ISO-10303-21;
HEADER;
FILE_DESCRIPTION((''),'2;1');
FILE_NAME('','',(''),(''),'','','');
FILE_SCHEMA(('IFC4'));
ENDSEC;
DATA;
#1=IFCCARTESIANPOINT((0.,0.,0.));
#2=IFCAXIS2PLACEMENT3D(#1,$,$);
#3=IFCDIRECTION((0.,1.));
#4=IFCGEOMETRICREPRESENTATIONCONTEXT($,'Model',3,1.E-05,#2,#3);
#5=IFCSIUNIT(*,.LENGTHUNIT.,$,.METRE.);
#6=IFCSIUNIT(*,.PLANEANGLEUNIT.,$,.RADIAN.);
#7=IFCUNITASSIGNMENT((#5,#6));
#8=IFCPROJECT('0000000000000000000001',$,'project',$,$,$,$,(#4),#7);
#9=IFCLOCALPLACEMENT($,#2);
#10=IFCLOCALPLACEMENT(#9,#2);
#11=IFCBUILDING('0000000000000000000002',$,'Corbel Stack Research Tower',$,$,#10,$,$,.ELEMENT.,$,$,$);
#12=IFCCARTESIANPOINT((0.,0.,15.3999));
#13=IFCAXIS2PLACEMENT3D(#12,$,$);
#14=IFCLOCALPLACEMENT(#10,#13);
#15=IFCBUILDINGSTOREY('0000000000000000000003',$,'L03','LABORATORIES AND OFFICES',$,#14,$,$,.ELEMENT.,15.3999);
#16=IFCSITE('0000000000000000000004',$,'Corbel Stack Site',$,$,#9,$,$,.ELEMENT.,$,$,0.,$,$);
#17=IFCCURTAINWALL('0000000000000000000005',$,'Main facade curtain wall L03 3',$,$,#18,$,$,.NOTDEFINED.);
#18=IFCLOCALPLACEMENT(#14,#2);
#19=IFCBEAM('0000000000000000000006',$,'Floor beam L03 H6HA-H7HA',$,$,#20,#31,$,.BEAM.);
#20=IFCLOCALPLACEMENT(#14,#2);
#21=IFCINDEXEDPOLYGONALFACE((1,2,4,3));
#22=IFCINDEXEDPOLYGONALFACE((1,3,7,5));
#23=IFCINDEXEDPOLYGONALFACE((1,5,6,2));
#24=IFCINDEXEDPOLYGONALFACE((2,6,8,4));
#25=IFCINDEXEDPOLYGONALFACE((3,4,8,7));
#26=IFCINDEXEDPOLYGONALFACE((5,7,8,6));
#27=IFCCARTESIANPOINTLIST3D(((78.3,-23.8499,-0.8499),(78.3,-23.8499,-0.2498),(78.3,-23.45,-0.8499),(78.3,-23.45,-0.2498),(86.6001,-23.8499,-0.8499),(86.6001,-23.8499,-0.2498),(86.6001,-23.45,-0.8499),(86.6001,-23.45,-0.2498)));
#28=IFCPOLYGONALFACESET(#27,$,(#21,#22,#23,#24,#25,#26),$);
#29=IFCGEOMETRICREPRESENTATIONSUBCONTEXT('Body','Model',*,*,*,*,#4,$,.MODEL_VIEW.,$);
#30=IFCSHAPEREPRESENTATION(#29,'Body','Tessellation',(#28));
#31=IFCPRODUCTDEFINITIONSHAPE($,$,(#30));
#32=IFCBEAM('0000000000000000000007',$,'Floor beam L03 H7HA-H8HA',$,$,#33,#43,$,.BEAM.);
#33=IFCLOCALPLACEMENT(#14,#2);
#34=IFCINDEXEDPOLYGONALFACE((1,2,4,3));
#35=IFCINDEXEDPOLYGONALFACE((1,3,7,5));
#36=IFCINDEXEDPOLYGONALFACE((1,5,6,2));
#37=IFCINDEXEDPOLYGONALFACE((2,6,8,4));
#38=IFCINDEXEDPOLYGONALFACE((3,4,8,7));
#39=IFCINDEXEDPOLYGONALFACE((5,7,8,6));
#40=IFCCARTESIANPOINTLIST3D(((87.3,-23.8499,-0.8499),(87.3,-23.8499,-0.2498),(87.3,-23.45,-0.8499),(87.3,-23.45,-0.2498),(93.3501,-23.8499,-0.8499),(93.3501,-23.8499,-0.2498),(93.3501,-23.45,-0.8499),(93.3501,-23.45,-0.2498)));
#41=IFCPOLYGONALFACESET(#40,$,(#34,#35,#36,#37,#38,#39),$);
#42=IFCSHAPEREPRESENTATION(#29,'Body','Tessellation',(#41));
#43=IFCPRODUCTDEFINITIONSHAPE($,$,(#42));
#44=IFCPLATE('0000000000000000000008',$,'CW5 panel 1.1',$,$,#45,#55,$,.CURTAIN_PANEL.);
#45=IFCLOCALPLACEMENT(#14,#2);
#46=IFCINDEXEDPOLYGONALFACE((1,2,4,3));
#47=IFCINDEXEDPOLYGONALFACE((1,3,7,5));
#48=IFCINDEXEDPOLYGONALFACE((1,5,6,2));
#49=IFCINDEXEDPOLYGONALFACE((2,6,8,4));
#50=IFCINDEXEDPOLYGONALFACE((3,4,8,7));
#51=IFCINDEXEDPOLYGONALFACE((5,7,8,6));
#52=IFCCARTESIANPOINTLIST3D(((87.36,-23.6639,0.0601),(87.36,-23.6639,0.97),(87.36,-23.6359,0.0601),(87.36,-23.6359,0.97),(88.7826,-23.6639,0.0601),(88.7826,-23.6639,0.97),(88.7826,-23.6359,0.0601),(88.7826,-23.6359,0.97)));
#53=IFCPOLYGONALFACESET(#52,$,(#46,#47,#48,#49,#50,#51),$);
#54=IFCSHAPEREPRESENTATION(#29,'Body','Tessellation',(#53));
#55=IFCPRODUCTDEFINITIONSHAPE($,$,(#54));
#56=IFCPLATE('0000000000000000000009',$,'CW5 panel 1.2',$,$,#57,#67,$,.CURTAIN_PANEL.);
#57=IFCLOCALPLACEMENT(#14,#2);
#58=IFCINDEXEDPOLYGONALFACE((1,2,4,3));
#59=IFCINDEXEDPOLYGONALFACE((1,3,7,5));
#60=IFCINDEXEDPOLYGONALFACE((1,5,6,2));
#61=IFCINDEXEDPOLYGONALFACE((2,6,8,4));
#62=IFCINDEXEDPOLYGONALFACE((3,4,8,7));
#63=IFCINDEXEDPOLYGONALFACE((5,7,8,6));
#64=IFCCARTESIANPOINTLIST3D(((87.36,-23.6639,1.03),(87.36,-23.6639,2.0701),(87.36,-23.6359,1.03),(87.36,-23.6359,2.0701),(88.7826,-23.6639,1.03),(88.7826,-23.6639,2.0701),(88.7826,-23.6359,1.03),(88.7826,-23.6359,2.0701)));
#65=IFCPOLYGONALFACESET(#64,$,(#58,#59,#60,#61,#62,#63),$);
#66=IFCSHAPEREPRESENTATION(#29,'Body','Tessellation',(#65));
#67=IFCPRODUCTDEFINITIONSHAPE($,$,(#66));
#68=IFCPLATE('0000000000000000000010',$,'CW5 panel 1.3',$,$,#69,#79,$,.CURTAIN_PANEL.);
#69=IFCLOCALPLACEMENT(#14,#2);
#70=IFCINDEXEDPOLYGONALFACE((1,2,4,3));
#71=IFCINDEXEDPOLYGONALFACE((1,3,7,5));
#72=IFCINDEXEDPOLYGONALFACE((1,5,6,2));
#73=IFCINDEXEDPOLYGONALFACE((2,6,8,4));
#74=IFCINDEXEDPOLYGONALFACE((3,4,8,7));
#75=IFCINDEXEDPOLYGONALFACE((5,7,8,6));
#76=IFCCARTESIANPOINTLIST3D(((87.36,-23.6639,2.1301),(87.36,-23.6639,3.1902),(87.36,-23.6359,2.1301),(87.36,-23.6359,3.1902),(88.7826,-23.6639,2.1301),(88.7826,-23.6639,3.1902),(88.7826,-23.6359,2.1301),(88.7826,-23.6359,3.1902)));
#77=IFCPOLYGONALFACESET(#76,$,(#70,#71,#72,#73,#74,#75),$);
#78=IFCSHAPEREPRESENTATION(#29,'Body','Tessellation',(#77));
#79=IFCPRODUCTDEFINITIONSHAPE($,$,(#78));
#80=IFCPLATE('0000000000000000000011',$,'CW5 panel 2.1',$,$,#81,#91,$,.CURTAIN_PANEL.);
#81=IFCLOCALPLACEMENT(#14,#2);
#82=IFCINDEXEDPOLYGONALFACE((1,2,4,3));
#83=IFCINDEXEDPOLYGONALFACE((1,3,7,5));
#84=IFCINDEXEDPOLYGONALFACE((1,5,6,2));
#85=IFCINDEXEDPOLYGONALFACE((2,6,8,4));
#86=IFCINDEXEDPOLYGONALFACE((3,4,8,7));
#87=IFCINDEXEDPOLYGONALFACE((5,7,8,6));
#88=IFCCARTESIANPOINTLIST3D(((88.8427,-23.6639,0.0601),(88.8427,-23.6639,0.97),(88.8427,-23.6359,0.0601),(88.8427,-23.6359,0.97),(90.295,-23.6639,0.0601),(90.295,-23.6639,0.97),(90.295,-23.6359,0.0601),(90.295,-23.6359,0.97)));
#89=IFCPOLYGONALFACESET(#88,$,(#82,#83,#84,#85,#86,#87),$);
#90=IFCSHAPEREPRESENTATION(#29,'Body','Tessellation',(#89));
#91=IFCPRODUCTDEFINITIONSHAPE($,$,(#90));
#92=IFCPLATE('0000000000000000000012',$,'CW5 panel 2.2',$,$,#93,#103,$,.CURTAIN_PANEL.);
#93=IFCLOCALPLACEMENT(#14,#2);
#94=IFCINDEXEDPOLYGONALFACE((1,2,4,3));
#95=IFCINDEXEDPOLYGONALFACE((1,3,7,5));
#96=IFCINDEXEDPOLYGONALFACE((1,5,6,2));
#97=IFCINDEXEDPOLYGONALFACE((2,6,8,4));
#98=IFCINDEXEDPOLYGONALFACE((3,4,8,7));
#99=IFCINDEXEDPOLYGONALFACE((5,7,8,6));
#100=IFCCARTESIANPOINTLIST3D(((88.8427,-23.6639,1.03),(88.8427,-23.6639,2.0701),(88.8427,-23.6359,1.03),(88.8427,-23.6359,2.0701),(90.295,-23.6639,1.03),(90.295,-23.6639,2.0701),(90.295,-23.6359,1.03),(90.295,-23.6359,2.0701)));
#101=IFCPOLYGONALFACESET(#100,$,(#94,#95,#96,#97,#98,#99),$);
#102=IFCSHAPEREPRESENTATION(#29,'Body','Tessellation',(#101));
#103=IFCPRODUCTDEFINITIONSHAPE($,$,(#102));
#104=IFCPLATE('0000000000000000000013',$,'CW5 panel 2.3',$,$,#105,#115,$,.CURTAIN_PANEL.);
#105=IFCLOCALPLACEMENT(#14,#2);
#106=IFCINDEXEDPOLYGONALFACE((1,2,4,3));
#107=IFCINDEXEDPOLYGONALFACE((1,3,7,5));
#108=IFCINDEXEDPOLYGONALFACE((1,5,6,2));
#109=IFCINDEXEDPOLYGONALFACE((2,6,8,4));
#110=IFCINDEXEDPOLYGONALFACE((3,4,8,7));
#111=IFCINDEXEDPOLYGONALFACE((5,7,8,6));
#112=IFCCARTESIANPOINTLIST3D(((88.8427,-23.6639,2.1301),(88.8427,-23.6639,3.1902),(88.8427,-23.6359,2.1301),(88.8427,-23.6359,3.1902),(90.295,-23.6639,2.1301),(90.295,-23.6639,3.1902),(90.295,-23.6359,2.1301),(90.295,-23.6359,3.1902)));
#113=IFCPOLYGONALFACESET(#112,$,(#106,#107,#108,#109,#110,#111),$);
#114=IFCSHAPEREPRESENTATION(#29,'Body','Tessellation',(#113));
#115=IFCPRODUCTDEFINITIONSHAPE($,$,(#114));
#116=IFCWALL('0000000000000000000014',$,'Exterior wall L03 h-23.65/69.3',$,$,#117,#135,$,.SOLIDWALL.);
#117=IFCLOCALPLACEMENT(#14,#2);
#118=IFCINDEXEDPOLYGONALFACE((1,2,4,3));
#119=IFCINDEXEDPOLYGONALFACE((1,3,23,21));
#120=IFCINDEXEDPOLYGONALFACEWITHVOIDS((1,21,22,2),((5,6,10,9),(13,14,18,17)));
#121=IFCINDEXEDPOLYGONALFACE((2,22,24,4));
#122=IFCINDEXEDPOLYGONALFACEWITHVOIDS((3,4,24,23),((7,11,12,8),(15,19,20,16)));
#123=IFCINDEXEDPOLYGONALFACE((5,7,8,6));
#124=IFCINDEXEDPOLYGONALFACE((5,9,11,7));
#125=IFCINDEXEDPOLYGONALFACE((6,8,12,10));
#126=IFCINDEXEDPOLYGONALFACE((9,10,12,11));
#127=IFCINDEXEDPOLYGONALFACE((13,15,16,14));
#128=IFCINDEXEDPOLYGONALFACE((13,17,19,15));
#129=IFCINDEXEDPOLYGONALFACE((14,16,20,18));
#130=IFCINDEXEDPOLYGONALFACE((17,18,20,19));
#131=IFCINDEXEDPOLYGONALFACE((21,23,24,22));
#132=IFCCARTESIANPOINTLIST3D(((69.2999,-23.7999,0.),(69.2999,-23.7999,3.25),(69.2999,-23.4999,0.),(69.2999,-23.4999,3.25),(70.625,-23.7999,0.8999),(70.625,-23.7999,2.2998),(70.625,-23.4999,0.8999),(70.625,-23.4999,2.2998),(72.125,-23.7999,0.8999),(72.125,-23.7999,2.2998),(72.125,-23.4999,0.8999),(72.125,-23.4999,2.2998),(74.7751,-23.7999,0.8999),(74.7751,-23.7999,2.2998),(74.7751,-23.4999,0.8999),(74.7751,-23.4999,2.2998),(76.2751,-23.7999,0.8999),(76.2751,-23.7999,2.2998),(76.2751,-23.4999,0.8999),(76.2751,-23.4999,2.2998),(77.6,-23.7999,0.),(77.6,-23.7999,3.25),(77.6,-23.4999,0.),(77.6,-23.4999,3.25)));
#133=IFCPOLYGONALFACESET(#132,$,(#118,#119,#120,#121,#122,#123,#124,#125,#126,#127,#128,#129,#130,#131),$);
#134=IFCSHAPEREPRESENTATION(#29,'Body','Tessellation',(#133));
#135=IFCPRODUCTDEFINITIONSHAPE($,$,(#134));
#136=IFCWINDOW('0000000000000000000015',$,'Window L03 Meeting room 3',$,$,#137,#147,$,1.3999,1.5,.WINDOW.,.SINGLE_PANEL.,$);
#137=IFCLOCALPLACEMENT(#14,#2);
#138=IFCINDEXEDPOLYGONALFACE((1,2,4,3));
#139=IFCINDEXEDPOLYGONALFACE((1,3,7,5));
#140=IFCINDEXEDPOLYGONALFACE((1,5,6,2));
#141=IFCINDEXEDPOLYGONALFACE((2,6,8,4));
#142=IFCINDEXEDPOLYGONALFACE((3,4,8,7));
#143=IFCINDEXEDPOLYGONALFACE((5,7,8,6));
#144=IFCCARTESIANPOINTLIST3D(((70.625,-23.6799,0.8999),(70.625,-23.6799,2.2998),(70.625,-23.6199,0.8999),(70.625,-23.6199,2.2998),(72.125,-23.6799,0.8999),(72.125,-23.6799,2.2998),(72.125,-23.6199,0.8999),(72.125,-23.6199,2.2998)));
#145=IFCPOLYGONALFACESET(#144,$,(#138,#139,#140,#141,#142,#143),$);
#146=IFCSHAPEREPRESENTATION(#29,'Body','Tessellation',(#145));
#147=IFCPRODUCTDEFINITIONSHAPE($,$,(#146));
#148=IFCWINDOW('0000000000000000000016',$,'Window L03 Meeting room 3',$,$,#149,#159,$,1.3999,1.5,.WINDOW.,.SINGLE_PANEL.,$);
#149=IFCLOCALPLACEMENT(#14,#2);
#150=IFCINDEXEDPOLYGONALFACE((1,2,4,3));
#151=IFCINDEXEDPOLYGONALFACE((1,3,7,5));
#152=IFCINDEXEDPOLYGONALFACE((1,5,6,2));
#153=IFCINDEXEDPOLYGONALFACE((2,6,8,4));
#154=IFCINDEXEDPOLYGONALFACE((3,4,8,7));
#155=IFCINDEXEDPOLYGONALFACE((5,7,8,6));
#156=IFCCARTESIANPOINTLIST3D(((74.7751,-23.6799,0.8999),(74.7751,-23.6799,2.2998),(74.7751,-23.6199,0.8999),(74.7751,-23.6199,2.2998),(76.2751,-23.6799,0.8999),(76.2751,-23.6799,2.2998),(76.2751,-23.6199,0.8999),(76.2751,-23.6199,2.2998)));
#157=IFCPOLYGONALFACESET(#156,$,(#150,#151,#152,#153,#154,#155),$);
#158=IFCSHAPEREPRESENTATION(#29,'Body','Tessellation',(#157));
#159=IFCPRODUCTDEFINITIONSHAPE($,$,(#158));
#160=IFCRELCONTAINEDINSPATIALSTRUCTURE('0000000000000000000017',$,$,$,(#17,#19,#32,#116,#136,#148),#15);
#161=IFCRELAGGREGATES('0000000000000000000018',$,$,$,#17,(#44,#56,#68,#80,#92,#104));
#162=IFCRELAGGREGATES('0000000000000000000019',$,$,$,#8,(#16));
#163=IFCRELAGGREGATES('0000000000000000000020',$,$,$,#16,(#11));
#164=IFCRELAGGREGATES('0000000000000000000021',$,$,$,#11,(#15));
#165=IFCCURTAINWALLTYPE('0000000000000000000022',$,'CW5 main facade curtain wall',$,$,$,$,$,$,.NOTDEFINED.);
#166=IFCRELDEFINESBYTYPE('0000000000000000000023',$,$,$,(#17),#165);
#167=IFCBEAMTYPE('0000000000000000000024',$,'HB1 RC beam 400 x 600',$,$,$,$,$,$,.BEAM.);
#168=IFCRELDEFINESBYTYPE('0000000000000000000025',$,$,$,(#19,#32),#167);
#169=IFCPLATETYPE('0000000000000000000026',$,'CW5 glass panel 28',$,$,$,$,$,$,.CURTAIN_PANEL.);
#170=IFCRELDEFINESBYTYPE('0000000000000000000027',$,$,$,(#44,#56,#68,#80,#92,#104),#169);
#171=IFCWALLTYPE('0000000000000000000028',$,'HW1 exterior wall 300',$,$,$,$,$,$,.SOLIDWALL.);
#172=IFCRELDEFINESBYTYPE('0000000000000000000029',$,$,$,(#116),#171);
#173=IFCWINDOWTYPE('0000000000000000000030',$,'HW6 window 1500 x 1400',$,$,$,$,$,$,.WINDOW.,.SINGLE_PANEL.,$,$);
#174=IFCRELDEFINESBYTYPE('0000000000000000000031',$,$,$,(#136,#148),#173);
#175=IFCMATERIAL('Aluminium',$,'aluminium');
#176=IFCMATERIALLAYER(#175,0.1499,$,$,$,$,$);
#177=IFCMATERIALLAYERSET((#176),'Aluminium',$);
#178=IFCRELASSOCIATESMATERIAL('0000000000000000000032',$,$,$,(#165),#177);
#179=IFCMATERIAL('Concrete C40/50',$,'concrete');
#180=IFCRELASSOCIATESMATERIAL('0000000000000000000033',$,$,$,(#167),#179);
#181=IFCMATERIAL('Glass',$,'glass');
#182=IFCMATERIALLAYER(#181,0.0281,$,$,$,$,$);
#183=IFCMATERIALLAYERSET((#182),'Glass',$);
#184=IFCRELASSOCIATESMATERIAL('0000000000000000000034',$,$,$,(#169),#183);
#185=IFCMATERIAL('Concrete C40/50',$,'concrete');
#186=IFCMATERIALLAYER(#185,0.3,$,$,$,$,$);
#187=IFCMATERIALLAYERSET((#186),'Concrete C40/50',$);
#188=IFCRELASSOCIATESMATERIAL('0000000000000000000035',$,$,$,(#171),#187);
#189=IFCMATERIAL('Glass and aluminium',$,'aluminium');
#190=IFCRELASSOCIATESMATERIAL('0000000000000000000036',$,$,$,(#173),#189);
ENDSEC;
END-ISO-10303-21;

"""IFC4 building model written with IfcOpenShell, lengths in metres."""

from ifc_helpers import new_model, si_unit, direction, frame, frame_2d, origin, origin_2d, place, context, subcontext, project, spatial, rectangle, extrude, material, layer, layer_set, material_profile, profile_set, type_object, element, fill, aggregate, save


model = new_model("IFC4")

# Units and contexts
model_context = context("Model", 3, precision=1e-05, world=origin(), true_north=direction((0.0, 1.0)))
body_context = subcontext(model_context, "Body", "Model", "MODEL_VIEW")
ifc_project = project(units=[si_unit("LENGTHUNIT", "METRE"), si_unit("PLANEANGLEUNIT", "RADIAN")], contexts=[model_context])

# Site, building, storey
site_placement = place(None, origin())
site = spatial("IfcSite", under=ifc_project, at=site_placement, Name="Corbel Stack Site", CompositionType="ELEMENT", RefElevation=0.0)
building_placement = place(site_placement, origin())
building = spatial("IfcBuilding", under=site, at=building_placement, Name="Corbel Stack Research Tower", CompositionType="ELEMENT")
storey_placement = place(building_placement, frame((0.0, 0.0, 15.3999)))
storey = spatial("IfcBuildingStorey", under=building, at=storey_placement, Name="L03", Description="LABORATORIES AND OFFICES", CompositionType="ELEMENT", Elevation=15.3999)

# Curtain wall
ifc_material_1 = material(Name="Aluminium", Category="aluminium")
ifc_layer_1 = layer(ifc_material_1, 0.1499)
ifc_layer_set_1 = layer_set([ifc_layer_1], Name="Aluminium")
curtain_wall_type = type_object("IfcCurtainWallType", Name="CW5 main facade curtain wall", PredefinedType="NOTDEFINED", material=ifc_layer_set_1)
curtain_wall_placement = place(storey_placement, origin())
curtain_wall = element("IfcCurtainWall", 1, at=curtain_wall_placement, inside=storey, type_object=curtain_wall_type, Name="Main facade curtain wall L03 3", PredefinedType="NOTDEFINED")

# Beams
ifc_material_2 = material(Name="Concrete C40/50", Category="concrete")
ifc_material_profile_1 = material_profile(ifc_material_2, rectangle(XDim=0.3999, YDim=0.6001, at=origin_2d()), Name="RC 400 x 600")
ifc_profile_set_1 = profile_set([ifc_material_profile_1], Name="Concrete C40/50")
beam_type = type_object("IfcBeamType", Name="HB1 RC beam 400 x 600", PredefinedType="BEAM", material=ifc_profile_set_1)
beam_1_placement = place(storey_placement, frame((78.3, -23.6499, -0.5498), z_axis=(1.0, 0.0, 0.0), x_axis=(0.0, 1.0, 0.0)))
element("IfcBeam", 2, at=beam_1_placement, inside=storey, type_object=beam_type, Name="Floor beam L03 H6HA-H7HA", PredefinedType="BEAM", context=body_context, shape_type="SweptSolid", body=[
    extrude(rectangle(XDim=0.3999, YDim=0.6001, at=origin_2d()), origin(), (0.0, 0.0, 1.0), 8.3),
])
beam_2_placement = place(storey_placement, frame((87.3, -23.6499, -0.5498), z_axis=(1.0, 0.0, 0.0), x_axis=(0.0, 1.0, 0.0)))
element("IfcBeam", 3, at=beam_2_placement, inside=storey, type_object=beam_type, Name="Floor beam L03 H7HA-H8HA", PredefinedType="BEAM", context=body_context, shape_type="SweptSolid", body=[
    extrude(rectangle(XDim=0.3999, YDim=0.6001, at=origin_2d()), origin(), (0.0, 0.0, 1.0), 6.05),
])

# Plates
ifc_material_3 = material(Name="Glass", Category="glass")
ifc_layer_2 = layer(ifc_material_3, 0.0281)
ifc_layer_set_2 = layer_set([ifc_layer_2], Name="Glass")
plate_type = type_object("IfcPlateType", Name="CW5 glass panel 28", PredefinedType="CURTAIN_PANEL", material=ifc_layer_set_2)
plate_1_placement = place(storey_placement, frame((88.0713, -23.6499, 0.0601), z_axis=(0.0, 0.0, 1.0), x_axis=(1.0, 0.0, 0.0)))
plate_1 = element("IfcPlate", 4, at=plate_1_placement, type_object=plate_type, Name="CW5 panel 1.1", PredefinedType="CURTAIN_PANEL", context=body_context, shape_type="SweptSolid", body=[
    extrude(rectangle(XDim=1.4226, YDim=0.0281, at=origin_2d()), origin(), (0.0, 0.0, 1.0), 0.9099),
])
plate_2_placement = place(storey_placement, frame((88.0713, -23.6499, 1.03), z_axis=(0.0, 0.0, 1.0), x_axis=(1.0, 0.0, 0.0)))
plate_2 = element("IfcPlate", 5, at=plate_2_placement, type_object=plate_type, Name="CW5 panel 1.2", PredefinedType="CURTAIN_PANEL", context=body_context, shape_type="SweptSolid", body=[
    extrude(rectangle(XDim=1.4226, YDim=0.0281, at=origin_2d()), origin(), (0.0, 0.0, 1.0), 1.04),
])
plate_3_placement = place(storey_placement, frame((88.0713, -23.6499, 2.1301), z_axis=(0.0, 0.0, 1.0), x_axis=(1.0, 0.0, 0.0)))
plate_3 = element("IfcPlate", 6, at=plate_3_placement, type_object=plate_type, Name="CW5 panel 1.3", PredefinedType="CURTAIN_PANEL", context=body_context, shape_type="SweptSolid", body=[
    extrude(rectangle(XDim=1.4226, YDim=0.0281, at=origin_2d()), origin(), (0.0, 0.0, 1.0), 1.0601),
])
plate_4_placement = place(storey_placement, frame((89.5688, -23.6499, 0.0601), z_axis=(0.0, 0.0, 1.0), x_axis=(1.0, 0.0, 0.0)))
plate_4 = element("IfcPlate", 7, at=plate_4_placement, type_object=plate_type, Name="CW5 panel 2.1", PredefinedType="CURTAIN_PANEL", context=body_context, shape_type="SweptSolid", body=[
    extrude(rectangle(XDim=1.4524, YDim=0.0281, at=origin_2d()), origin(), (0.0, 0.0, 1.0), 0.9099),
])
plate_5_placement = place(storey_placement, frame((89.5688, -23.6499, 1.03), z_axis=(0.0, 0.0, 1.0), x_axis=(1.0, 0.0, 0.0)))
plate_5 = element("IfcPlate", 8, at=plate_5_placement, type_object=plate_type, Name="CW5 panel 2.2", PredefinedType="CURTAIN_PANEL", context=body_context, shape_type="SweptSolid", body=[
    extrude(rectangle(XDim=1.4524, YDim=0.0281, at=origin_2d()), origin(), (0.0, 0.0, 1.0), 1.04),
])
plate_6_placement = place(storey_placement, frame((89.5688, -23.6499, 2.1301), z_axis=(0.0, 0.0, 1.0), x_axis=(1.0, 0.0, 0.0)))
plate_6 = element("IfcPlate", 9, at=plate_6_placement, type_object=plate_type, Name="CW5 panel 2.3", PredefinedType="CURTAIN_PANEL", context=body_context, shape_type="SweptSolid", body=[
    extrude(rectangle(XDim=1.4524, YDim=0.0281, at=origin_2d()), origin(), (0.0, 0.0, 1.0), 1.0601),
])
aggregate(curtain_wall, [plate_1, plate_2, plate_3, plate_4, plate_5, plate_6])

# Wall, openings, windows
ifc_material_4 = material(Name="Concrete C40/50", Category="concrete")
ifc_layer_3 = layer(ifc_material_4, 0.3)
ifc_layer_set_3 = layer_set([ifc_layer_3], Name="Concrete C40/50")
wall_type = type_object("IfcWallType", Name="HW1 exterior wall 300", PredefinedType="SOLIDWALL", material=ifc_layer_set_3)
wall_1_placement = place(storey_placement, frame((69.3, -23.6499, 0.0), z_axis=(0.0, 0.0, 1.0), x_axis=(1.0, 0.0, 0.0)))
wall_1 = element("IfcWall", 10, at=wall_1_placement, inside=storey, type_object=wall_type, Name="Exterior wall L03 h-23.65/69.3", PredefinedType="SOLIDWALL", context=body_context, shape_type="SweptSolid", body=[
    extrude(rectangle(XDim=8.3, YDim=0.3, at=frame_2d((4.1499, 0.0))), origin(), (0.0, 0.0, 1.0), 3.25),
])
opening_1_placement = place(wall_1_placement, frame((1.325, 0.0, 0.8999)))
opening_1 = element("IfcOpeningElement", 11, at=opening_1_placement, cuts=wall_1, PredefinedType="OPENING", context=body_context, shape_type="SweptSolid", body=[
    extrude(rectangle(XDim=1.5, YDim=1.3999, at=frame_2d((0.75, 0.7))), frame((0.0, 0.1599, 0.0), z_axis=(0.0, -1.0, 0.0), x_axis=(1.0, 0.0, 0.0)), (0.0, 0.0, 1.0), 0.3201),
])
opening_2_placement = place(wall_1_placement, frame((5.4751, 0.0, 0.8999)))
opening_2 = element("IfcOpeningElement", 12, at=opening_2_placement, cuts=wall_1, PredefinedType="OPENING", context=body_context, shape_type="SweptSolid", body=[
    extrude(rectangle(XDim=1.5, YDim=1.3999, at=frame_2d((0.75, 0.7))), frame((0.0, 0.1599, 0.0), z_axis=(0.0, -1.0, 0.0), x_axis=(1.0, 0.0, 0.0)), (0.0, 0.0, 1.0), 0.3201),
])
ifc_material_5 = material(Name="Glass and aluminium", Category="aluminium")
window_type = type_object("IfcWindowType", Name="HW6 window 1500 x 1400", PartitioningType="SINGLE_PANEL", PredefinedType="WINDOW", material=ifc_material_5)
window_1_placement = place(opening_1_placement, origin())
window_1 = element("IfcWindow", 13, at=window_1_placement, inside=storey, type_object=window_type, Name="Window L03 Meeting room 3", OverallHeight=1.3999, OverallWidth=1.5, PartitioningType="SINGLE_PANEL", PredefinedType="WINDOW", context=body_context, shape_type="SweptSolid", body=[
    extrude(rectangle(XDim=1.5, YDim=1.3999, at=frame_2d((0.75, 0.7))), frame((0.0, 0.03, 0.0), z_axis=(0.0, -1.0, 0.0), x_axis=(1.0, 0.0, 0.0)), (0.0, 0.0, 1.0), 0.0601),
])
fill(opening_1, window_1)
window_2_placement = place(opening_2_placement, origin())
window_2 = element("IfcWindow", 14, at=window_2_placement, inside=storey, type_object=window_type, Name="Window L03 Meeting room 3", OverallHeight=1.3999, OverallWidth=1.5, PartitioningType="SINGLE_PANEL", PredefinedType="WINDOW", context=body_context, shape_type="SweptSolid", body=[
    extrude(rectangle(XDim=1.5, YDim=1.3999, at=frame_2d((0.75, 0.7))), frame((0.0, 0.03, 0.0), z_axis=(0.0, -1.0, 0.0), x_axis=(1.0, 0.0, 0.0)), (0.0, 0.0, 1.0), 0.0601),
])
fill(opening_2, window_2)

save(model, "model.ifc")
